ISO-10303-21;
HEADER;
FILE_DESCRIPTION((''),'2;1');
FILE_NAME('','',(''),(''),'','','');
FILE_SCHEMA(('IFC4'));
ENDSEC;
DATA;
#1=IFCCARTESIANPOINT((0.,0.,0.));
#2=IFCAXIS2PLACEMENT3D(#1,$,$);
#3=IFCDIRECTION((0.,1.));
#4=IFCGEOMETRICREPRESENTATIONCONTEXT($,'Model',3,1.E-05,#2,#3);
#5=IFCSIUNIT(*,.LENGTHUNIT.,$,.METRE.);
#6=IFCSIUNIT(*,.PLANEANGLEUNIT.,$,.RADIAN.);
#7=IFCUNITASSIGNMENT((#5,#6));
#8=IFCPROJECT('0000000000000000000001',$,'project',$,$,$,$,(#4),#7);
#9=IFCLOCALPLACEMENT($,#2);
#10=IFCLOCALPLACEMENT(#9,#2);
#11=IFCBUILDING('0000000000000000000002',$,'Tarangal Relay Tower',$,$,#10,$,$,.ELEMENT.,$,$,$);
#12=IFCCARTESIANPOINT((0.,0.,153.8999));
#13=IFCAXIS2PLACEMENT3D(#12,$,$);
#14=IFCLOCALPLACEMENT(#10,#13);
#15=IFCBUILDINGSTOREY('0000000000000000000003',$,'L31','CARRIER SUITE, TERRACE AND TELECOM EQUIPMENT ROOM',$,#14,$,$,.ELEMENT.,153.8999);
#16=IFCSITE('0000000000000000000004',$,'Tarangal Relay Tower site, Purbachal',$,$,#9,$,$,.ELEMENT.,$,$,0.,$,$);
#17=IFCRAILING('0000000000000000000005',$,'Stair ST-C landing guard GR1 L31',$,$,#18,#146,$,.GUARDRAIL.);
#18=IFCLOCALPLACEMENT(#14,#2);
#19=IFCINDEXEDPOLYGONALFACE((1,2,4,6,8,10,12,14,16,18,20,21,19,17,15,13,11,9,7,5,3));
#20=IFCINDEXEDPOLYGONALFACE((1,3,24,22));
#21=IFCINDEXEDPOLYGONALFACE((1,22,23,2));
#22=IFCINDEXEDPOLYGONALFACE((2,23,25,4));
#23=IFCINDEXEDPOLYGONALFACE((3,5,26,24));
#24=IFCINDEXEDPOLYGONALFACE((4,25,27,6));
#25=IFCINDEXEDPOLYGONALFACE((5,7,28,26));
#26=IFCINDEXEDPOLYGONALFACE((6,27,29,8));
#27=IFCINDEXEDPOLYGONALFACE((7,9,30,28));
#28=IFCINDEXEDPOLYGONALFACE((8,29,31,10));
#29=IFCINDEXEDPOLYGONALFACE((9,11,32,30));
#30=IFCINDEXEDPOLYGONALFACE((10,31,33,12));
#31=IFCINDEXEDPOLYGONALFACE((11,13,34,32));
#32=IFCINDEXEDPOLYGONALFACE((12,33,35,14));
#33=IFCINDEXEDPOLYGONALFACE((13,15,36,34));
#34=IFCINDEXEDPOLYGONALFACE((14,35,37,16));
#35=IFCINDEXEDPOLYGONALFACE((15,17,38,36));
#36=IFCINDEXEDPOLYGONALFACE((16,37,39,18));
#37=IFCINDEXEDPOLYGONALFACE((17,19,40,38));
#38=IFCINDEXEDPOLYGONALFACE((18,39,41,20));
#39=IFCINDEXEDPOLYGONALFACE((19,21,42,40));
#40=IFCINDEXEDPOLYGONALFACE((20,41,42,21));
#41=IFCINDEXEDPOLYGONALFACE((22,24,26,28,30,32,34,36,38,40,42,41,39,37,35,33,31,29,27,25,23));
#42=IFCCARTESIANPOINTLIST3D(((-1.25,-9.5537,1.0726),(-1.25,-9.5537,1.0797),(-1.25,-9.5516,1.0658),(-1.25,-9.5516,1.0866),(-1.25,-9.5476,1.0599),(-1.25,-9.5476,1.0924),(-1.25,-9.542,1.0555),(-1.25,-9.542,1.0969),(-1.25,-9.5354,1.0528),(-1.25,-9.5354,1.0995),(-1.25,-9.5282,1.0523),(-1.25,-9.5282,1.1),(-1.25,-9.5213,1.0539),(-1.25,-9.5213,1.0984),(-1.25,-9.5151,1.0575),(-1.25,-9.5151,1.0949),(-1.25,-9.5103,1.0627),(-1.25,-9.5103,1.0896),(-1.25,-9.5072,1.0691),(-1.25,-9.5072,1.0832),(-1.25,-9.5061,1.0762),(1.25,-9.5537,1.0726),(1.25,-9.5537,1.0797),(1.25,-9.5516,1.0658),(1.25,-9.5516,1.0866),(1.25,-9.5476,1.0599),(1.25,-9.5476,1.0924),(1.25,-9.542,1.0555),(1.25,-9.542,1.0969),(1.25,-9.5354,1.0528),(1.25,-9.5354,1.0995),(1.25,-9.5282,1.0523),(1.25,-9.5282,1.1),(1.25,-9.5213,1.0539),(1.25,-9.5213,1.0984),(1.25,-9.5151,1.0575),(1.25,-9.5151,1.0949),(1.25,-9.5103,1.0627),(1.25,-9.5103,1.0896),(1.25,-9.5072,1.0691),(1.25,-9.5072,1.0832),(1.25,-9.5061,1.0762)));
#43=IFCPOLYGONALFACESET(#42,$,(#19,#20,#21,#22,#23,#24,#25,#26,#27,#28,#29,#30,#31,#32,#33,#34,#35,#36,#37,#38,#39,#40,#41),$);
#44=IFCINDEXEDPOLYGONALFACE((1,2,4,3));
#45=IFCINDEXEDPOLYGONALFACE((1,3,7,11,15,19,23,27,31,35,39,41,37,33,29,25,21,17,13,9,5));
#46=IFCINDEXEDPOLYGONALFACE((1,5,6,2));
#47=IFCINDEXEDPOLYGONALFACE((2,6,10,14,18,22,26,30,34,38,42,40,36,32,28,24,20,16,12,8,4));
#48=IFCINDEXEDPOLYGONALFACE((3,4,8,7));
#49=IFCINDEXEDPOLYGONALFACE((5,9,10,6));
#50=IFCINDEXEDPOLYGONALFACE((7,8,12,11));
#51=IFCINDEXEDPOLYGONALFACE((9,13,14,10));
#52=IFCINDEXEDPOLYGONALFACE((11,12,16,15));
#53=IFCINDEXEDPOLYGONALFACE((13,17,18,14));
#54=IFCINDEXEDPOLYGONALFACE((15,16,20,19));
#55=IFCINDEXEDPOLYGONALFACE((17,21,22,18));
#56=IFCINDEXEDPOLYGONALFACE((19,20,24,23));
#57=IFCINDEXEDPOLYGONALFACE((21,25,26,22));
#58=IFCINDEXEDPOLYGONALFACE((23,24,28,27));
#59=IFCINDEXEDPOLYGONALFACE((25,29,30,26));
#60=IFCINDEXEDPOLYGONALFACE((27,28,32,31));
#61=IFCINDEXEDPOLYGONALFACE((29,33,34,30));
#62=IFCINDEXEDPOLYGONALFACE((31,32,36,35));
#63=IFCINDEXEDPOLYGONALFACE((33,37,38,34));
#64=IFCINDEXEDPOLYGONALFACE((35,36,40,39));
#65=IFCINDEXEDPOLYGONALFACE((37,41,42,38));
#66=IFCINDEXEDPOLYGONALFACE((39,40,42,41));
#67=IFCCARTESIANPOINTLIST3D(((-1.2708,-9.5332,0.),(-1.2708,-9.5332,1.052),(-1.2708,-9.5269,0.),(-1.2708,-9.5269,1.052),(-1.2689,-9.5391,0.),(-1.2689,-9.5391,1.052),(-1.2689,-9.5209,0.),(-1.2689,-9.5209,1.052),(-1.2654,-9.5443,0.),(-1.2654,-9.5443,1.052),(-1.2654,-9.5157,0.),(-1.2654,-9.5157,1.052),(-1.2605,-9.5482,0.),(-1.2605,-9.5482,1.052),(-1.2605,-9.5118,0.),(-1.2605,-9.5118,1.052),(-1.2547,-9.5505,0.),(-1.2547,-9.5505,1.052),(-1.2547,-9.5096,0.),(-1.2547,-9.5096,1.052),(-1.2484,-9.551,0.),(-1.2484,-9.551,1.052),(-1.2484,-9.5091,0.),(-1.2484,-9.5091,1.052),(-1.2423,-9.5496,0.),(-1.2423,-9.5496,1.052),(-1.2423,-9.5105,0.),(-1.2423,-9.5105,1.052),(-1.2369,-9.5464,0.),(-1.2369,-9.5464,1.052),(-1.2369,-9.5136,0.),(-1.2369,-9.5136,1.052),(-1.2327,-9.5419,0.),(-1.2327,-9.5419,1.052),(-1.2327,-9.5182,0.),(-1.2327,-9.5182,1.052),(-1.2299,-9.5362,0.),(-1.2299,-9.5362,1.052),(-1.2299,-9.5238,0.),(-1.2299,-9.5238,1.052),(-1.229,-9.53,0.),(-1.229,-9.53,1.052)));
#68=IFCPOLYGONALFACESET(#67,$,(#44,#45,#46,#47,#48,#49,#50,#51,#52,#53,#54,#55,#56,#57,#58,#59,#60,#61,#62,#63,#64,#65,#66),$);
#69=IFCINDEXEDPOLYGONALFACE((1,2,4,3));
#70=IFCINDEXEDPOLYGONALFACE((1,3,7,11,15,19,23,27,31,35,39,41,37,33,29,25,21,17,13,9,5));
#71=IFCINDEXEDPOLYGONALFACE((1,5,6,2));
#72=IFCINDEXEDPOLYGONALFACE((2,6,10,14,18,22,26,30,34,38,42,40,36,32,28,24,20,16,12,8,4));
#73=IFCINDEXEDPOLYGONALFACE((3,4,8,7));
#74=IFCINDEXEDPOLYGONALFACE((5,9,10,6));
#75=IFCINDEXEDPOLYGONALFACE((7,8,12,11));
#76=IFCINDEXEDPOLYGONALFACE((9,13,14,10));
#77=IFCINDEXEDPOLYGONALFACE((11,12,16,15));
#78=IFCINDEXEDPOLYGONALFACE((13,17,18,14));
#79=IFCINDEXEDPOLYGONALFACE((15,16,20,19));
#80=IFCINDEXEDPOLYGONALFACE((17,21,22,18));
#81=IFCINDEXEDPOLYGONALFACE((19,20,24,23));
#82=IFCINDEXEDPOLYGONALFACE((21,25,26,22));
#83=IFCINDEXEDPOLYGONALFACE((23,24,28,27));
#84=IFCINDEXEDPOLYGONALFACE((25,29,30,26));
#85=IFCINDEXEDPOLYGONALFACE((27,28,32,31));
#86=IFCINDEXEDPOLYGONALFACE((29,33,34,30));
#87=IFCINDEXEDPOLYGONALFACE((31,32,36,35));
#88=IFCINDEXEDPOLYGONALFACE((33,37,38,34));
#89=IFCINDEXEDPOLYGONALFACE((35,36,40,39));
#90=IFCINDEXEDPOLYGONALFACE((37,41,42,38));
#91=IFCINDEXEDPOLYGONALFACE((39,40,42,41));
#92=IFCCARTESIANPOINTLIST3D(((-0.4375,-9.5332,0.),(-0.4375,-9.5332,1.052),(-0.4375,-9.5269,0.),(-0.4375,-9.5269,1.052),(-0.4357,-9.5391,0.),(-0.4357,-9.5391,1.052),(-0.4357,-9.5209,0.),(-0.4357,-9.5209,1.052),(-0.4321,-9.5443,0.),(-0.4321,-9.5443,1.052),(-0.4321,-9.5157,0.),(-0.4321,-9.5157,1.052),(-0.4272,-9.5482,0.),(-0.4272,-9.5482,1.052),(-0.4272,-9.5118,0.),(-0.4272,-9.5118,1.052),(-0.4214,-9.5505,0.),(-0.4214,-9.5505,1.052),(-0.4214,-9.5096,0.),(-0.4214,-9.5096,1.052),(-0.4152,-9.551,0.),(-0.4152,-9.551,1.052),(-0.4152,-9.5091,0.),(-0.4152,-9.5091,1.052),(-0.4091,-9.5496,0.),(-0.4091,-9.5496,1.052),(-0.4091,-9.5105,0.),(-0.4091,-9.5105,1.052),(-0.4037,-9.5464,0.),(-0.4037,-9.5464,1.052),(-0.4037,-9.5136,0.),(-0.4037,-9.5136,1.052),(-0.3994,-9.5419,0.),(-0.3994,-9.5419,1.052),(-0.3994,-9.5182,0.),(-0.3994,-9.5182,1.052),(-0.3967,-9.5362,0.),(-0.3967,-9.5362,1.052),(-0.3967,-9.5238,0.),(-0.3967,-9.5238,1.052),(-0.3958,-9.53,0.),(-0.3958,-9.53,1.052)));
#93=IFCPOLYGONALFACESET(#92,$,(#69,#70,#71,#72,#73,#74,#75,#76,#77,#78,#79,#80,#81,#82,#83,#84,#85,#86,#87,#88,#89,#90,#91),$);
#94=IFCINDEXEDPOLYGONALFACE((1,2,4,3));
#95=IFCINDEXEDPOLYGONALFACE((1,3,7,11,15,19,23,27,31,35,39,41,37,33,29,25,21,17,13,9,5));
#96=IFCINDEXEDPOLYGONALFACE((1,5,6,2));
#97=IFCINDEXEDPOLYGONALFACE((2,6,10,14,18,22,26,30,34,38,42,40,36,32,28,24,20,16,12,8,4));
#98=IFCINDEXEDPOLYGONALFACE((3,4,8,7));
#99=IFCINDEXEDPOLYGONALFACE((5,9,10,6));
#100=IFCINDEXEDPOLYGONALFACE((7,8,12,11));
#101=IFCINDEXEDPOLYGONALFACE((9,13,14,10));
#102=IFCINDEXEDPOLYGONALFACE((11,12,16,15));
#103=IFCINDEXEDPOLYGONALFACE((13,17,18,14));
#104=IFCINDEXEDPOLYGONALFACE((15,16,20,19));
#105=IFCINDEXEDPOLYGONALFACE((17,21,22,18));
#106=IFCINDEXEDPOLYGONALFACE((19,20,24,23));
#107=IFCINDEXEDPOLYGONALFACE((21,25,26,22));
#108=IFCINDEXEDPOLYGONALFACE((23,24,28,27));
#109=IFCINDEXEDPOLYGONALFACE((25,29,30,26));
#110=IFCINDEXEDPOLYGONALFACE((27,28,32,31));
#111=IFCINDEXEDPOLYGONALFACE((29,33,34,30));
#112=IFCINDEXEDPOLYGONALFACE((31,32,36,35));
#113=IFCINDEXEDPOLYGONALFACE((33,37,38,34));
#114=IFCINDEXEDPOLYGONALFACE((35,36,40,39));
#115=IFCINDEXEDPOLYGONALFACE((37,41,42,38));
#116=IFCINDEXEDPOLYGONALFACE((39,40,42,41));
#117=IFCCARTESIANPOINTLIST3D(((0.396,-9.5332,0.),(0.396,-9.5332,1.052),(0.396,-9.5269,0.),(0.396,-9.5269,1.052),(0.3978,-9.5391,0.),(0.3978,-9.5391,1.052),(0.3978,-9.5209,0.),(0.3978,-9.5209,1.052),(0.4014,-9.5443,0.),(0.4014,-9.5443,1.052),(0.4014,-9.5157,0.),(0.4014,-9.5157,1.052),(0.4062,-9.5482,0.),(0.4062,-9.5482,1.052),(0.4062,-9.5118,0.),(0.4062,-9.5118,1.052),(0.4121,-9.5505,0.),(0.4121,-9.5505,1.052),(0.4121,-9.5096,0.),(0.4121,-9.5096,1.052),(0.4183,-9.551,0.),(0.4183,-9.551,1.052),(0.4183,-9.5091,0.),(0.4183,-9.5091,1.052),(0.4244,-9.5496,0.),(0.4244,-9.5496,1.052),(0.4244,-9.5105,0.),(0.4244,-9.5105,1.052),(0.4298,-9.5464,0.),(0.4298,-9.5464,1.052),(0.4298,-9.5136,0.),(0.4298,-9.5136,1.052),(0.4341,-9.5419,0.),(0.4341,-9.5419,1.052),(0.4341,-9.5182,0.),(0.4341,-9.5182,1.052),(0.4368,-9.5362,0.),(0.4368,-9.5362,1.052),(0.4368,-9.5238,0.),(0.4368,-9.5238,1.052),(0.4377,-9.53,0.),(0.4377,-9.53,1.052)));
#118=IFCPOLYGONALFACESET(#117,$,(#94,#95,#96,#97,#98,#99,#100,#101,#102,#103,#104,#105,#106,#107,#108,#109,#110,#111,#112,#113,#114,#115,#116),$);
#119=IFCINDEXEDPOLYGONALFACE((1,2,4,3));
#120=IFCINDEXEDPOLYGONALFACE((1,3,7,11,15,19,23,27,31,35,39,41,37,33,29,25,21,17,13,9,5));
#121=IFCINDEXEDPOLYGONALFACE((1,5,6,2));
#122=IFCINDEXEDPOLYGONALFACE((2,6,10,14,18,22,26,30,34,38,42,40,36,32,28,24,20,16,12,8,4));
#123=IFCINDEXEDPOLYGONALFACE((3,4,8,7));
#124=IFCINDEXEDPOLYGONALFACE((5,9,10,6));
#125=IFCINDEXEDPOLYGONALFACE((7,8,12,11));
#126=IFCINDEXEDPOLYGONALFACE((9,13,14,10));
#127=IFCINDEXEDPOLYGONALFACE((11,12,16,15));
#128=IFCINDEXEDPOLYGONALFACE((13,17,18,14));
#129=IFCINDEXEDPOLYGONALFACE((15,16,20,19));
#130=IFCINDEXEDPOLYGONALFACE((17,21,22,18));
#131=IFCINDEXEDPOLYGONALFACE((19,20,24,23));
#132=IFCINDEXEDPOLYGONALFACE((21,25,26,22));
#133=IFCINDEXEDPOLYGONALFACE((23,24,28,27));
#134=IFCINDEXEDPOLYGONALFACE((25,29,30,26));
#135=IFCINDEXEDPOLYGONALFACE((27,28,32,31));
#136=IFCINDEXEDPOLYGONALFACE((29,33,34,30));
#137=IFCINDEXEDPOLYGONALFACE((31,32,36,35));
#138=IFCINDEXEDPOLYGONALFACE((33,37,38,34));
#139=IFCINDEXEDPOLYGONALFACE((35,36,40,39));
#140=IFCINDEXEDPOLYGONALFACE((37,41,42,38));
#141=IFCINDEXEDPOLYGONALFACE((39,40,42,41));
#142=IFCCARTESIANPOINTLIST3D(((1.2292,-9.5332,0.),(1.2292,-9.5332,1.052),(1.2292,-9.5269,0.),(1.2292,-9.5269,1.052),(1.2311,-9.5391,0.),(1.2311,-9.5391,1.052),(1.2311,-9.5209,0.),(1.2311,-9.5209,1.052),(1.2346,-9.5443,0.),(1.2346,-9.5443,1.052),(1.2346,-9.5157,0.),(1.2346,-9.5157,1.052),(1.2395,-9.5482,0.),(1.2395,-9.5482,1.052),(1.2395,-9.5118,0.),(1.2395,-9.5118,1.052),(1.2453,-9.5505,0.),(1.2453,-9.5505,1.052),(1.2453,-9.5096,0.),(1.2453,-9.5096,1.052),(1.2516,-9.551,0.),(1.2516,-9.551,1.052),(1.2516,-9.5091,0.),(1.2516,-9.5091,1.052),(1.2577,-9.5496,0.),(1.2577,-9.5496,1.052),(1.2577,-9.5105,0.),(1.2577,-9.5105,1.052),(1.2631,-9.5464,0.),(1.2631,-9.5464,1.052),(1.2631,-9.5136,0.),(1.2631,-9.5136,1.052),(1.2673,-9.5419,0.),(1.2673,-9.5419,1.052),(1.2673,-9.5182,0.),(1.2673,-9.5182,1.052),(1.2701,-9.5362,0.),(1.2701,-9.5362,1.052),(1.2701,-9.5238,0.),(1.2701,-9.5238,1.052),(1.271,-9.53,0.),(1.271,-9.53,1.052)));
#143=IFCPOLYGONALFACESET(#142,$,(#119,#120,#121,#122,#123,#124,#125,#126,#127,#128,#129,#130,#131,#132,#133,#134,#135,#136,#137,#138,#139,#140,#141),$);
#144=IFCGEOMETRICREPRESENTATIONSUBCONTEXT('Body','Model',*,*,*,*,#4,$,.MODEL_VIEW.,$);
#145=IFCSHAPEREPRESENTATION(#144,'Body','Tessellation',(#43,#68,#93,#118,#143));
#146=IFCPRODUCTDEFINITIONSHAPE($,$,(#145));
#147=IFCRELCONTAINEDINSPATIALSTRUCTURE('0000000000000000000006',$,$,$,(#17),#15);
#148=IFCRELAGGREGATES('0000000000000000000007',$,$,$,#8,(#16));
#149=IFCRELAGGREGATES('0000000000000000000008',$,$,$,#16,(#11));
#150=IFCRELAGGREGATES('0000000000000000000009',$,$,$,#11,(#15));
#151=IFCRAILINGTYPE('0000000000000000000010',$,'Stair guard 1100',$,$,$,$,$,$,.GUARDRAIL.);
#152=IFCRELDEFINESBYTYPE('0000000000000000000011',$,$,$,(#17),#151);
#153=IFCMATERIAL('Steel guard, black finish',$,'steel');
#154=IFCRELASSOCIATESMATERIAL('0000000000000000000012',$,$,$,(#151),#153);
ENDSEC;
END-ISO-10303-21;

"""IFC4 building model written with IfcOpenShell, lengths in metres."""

from ifc_helpers import new_model, si_unit, direction, frame, origin, origin_2d, place, context, subcontext, project, spatial, circle, extrude, material, type_object, element, save


model = new_model("IFC4")

# Units and contexts
model_context = context("Model", 3, precision=1e-05, world=origin(), true_north=direction((0.0, 1.0)))
body_context = subcontext(model_context, "Body", "Model", "MODEL_VIEW")
ifc_project = project(units=[si_unit("LENGTHUNIT", "METRE"), si_unit("PLANEANGLEUNIT", "RADIAN")], contexts=[model_context])

# Site, building, storey
site_placement = place(None, origin())
site = spatial("IfcSite", under=ifc_project, at=site_placement, Name="Tarangal Relay Tower site, Purbachal", CompositionType="ELEMENT", RefElevation=0.0)
building_placement = place(site_placement, origin())
building = spatial("IfcBuilding", under=site, at=building_placement, Name="Tarangal Relay Tower", CompositionType="ELEMENT")
storey_placement = place(building_placement, frame((0.0, 0.0, 153.8999)))
storey = spatial("IfcBuildingStorey", under=building, at=storey_placement, Name="L31", Description="CARRIER SUITE, TERRACE AND TELECOM EQUIPMENT ROOM", CompositionType="ELEMENT", Elevation=153.8999)

# Railing
ifc_material_1 = material(Name="Steel guard, black finish", Category="steel")
railing_type_1 = type_object("IfcRailingType", Name="Stair guard 1100", PredefinedType="GUARDRAIL", material=ifc_material_1)
for number, where, name in (
    (1, (-1.25, -9.53, 0.0), "Stair ST-C landing guard GR1 L31"),
):
    element("IfcRailing", number, at=place(storey_placement, frame(where)), inside=storey, type_object=railing_type_1, Name=name, PredefinedType="GUARDRAIL", context=body_context, shape_type="SweptSolid", body=[
        extrude(circle(Radius=0.0239, at=origin_2d()), frame((0.0, 0.0, 1.0762), z_axis=(1.0, 0.0, 0.0), x_axis=(0.0, 1.0, 0.0)), (0.0, 0.0, 1.0), 2.5),
        extrude(circle(Radius=0.021, at=origin_2d()), origin(), (0.0, 0.0, 1.0), 1.052),
        extrude(circle(Radius=0.021, at=origin_2d()), frame((0.8333, 0.0, 0.0)), (0.0, 0.0, 1.0), 1.052),
        extrude(circle(Radius=0.021, at=origin_2d()), frame((1.6667, 0.0, 0.0)), (0.0, 0.0, 1.0), 1.052),
        extrude(circle(Radius=0.021, at=origin_2d()), frame((2.5, 0.0, 0.0)), (0.0, 0.0, 1.0), 1.052),
    ])

save(model, "model.ifc")
